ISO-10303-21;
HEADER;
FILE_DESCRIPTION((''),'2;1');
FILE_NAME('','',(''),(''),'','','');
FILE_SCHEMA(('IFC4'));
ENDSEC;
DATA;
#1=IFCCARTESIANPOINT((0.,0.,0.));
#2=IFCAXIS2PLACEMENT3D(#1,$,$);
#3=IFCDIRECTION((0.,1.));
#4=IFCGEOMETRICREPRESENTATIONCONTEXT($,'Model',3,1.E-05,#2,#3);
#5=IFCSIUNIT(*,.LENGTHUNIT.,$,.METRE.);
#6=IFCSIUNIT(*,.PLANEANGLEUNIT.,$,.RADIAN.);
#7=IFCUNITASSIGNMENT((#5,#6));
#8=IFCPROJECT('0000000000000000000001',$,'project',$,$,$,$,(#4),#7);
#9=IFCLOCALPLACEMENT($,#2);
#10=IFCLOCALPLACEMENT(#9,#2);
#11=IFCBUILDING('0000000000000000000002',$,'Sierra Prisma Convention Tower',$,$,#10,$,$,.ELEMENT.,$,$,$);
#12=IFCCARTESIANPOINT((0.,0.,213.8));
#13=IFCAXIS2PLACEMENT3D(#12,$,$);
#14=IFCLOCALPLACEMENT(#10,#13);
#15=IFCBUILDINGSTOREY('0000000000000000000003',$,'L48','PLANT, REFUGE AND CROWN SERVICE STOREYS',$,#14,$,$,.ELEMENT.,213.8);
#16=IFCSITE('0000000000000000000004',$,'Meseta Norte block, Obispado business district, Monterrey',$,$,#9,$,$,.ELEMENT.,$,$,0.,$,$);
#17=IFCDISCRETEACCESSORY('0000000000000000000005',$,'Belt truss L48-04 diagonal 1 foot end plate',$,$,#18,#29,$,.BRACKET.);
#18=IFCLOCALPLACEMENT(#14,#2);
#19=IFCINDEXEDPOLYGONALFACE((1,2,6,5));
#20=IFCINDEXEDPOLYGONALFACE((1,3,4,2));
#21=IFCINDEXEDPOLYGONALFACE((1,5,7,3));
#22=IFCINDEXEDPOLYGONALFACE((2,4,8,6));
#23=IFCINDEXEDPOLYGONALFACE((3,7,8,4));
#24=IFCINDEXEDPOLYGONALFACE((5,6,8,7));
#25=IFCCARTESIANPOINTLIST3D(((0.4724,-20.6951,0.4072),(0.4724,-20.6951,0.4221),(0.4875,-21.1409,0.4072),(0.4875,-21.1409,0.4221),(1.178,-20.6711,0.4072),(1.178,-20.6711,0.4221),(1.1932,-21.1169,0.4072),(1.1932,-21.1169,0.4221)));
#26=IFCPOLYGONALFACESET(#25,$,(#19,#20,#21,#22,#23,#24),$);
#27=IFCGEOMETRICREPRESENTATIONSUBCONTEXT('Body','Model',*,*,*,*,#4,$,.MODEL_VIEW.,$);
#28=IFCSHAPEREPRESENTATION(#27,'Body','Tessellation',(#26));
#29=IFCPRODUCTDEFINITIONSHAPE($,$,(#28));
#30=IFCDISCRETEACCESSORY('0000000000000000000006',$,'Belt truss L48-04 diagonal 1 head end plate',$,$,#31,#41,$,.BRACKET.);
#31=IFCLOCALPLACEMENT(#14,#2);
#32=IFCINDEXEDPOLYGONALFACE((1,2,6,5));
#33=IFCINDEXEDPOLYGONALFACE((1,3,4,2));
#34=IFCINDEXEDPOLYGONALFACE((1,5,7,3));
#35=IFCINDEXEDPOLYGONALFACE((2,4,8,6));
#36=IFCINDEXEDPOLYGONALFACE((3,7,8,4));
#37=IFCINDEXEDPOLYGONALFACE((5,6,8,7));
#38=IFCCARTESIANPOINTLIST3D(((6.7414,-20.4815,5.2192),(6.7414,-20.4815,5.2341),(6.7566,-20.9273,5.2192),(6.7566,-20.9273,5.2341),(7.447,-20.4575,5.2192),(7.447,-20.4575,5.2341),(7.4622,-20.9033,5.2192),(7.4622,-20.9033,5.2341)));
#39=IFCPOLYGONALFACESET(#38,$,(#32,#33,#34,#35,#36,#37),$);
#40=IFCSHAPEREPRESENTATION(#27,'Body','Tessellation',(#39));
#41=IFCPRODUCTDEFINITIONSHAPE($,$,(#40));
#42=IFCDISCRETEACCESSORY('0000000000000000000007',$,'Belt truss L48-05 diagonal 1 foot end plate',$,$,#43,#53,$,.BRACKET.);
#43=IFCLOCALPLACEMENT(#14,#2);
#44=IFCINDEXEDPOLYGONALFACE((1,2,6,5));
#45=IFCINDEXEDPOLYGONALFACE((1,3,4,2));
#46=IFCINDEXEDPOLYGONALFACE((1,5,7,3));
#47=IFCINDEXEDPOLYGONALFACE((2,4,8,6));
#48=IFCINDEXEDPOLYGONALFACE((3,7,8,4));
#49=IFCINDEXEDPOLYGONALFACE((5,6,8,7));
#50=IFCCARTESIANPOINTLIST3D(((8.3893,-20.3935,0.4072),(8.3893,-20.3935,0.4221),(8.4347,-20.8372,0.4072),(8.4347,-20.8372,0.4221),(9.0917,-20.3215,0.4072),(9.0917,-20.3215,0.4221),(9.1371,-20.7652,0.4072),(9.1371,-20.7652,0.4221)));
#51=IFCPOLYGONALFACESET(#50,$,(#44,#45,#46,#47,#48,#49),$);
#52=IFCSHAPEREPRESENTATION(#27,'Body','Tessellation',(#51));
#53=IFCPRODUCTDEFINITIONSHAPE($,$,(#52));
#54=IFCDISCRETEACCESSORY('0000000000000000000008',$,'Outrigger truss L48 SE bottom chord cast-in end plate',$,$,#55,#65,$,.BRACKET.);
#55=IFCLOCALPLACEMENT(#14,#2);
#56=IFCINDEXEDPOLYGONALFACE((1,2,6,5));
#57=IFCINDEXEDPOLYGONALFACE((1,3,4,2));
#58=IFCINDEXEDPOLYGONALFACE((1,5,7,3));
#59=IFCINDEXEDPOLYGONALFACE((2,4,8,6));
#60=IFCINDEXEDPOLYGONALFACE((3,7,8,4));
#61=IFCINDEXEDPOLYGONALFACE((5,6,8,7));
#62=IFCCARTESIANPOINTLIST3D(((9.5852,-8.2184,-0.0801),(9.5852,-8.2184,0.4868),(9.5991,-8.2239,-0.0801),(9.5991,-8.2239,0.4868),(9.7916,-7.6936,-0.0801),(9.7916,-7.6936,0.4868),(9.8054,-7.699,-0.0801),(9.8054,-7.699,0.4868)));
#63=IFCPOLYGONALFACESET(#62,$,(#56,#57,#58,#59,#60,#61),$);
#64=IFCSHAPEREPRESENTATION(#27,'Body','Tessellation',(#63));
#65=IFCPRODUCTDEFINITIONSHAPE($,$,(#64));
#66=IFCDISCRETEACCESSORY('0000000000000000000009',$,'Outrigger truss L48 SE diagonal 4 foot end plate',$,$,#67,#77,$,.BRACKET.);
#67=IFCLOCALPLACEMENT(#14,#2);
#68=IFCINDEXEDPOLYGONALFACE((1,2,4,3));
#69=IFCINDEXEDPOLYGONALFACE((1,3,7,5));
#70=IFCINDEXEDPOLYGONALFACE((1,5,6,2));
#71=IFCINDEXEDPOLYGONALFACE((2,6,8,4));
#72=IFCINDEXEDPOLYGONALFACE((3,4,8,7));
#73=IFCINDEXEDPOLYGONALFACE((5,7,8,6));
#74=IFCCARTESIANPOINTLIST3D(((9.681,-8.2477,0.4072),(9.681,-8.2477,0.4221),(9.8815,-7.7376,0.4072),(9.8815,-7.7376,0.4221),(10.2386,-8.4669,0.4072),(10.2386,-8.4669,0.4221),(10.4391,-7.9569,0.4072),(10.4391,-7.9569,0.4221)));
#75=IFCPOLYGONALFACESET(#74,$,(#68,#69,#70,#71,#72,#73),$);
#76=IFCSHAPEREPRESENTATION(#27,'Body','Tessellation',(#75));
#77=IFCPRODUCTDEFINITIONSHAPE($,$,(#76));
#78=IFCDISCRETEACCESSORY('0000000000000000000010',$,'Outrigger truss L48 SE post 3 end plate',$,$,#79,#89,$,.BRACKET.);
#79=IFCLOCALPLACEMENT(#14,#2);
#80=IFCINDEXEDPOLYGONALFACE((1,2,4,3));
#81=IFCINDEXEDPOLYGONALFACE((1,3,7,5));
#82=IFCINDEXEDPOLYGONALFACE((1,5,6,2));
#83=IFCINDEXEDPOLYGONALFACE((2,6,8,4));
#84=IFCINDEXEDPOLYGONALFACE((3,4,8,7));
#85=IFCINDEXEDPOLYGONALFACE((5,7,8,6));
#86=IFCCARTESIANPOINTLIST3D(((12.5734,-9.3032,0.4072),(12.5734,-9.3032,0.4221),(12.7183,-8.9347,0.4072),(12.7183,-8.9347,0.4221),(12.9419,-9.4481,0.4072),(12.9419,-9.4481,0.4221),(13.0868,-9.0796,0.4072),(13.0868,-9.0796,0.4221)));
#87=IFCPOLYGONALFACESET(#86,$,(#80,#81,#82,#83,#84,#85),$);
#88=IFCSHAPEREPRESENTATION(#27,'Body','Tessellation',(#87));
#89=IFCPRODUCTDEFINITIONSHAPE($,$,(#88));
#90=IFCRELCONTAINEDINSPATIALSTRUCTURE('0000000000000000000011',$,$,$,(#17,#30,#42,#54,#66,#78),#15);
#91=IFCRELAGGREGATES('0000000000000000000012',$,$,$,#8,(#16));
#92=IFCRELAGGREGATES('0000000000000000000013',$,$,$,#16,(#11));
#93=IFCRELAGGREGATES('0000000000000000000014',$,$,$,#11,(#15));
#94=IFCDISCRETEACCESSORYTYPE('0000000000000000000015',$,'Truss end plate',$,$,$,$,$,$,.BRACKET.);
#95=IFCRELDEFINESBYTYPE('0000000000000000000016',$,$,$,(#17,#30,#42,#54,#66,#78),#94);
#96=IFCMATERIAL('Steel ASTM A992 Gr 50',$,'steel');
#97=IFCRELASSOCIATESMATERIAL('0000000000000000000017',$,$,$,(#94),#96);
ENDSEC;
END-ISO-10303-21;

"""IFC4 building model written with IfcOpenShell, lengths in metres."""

from ifc_helpers import new_model, si_unit, direction, frame, origin, origin_2d, place, context, subcontext, project, spatial, rectangle, extrude, material, type_object, element, save


model = new_model("IFC4")

# Units and contexts
model_context = context("Model", 3, precision=1e-05, world=origin(), true_north=direction((0.0, 1.0)))
body_context = subcontext(model_context, "Body", "Model", "MODEL_VIEW")
ifc_project = project(units=[si_unit("LENGTHUNIT", "METRE"), si_unit("PLANEANGLEUNIT", "RADIAN")], contexts=[model_context])

# Site, building, storey
site_placement = place(None, origin())
site = spatial("IfcSite", under=ifc_project, at=site_placement, Name="Meseta Norte block, Obispado business district, Monterrey", CompositionType="ELEMENT", RefElevation=0.0)
building_placement = place(site_placement, origin())
building = spatial("IfcBuilding", under=site, at=building_placement, Name="Sierra Prisma Convention Tower", CompositionType="ELEMENT")
storey_placement = place(building_placement, frame((0.0, 0.0, 213.8)))
storey = spatial("IfcBuildingStorey", under=building, at=storey_placement, Name="L48", Description="PLANT, REFUGE AND CROWN SERVICE STOREYS", CompositionType="ELEMENT", Elevation=213.8)

# Discrete accessories
ifc_material_1 = material(Name="Steel ASTM A992 Gr 50", Category="steel")
discrete_accessory_type = type_object("IfcDiscreteAccessoryType", Name="Truss end plate", PredefinedType="BRACKET", material=ifc_material_1)
for number, where, z_axis, x_axis, name in (
    (1, (0.8328, -20.906, 0.4072), (0.0, 0.0, 1.0), (0.999421, 0.034022, 0.0), "Belt truss L48-04 diagonal 1 foot end plate"),
    (2, (7.1018, -20.6924, 5.2192), (0.0, 0.0, 1.0), (0.999421, 0.034022, 0.0), "Belt truss L48-04 diagonal 1 head end plate"),
    (3, (8.7632, -20.5793, 0.4072), (0.0, 0.0, 1.0), (0.994796, 0.101888, 0.0), "Belt truss L48-05 diagonal 1 foot end plate"),
):
    element("IfcDiscreteAccessory", number, at=place(storey_placement, frame(where, z_axis=z_axis, x_axis=x_axis)), inside=storey, type_object=discrete_accessory_type, Name=name, PredefinedType="BRACKET", context=body_context, shape_type="SweptSolid", body=[
        extrude(rectangle(XDim=0.7061, YDim=0.446, at=origin_2d()), origin(), (0.0, 0.0, 1.0), 0.0149),
    ])
discrete_accessory_1_placement = place(storey_placement, frame((9.6953, -7.9587, -0.0801), z_axis=(0.0, 0.0, 1.0), x_axis=(-0.930651, 0.365907, 0.0)))
element("IfcDiscreteAccessory", 4, at=discrete_accessory_1_placement, inside=storey, type_object=discrete_accessory_type, Name="Outrigger truss L48 SE bottom chord cast-in end plate", PredefinedType="BRACKET", context=body_context, shape_type="SweptSolid", body=[
    extrude(rectangle(XDim=0.0149, YDim=0.564, at=origin_2d()), origin(), (0.0, 0.0, 1.0), 0.5669),
])
discrete_accessory_2_placement = place(storey_placement, frame((10.0601, -8.1023, 0.4072), z_axis=(0.0, 0.0, 1.0), x_axis=(-0.930651, 0.365907, 0.0)))
element("IfcDiscreteAccessory", 5, at=discrete_accessory_2_placement, inside=storey, type_object=discrete_accessory_type, Name="Outrigger truss L48 SE diagonal 4 foot end plate", PredefinedType="BRACKET", context=body_context, shape_type="SweptSolid", body=[
    extrude(rectangle(XDim=0.5991, YDim=0.5481, at=origin_2d()), origin(), (0.0, 0.0, 1.0), 0.0149),
])
discrete_accessory_3_placement = place(storey_placement, frame((12.8301, -9.1914, 0.4072), z_axis=(0.0, 0.0, 1.0), x_axis=(-0.930651, 0.365907, 0.0)))
element("IfcDiscreteAccessory", 6, at=discrete_accessory_3_placement, inside=storey, type_object=discrete_accessory_type, Name="Outrigger truss L48 SE post 3 end plate", PredefinedType="BRACKET", context=body_context, shape_type="SweptSolid", body=[
    extrude(rectangle(XDim=0.396, YDim=0.396, at=origin_2d()), origin(), (0.0, 0.0, 1.0), 0.0149),
])

save(model, "model.ifc")
